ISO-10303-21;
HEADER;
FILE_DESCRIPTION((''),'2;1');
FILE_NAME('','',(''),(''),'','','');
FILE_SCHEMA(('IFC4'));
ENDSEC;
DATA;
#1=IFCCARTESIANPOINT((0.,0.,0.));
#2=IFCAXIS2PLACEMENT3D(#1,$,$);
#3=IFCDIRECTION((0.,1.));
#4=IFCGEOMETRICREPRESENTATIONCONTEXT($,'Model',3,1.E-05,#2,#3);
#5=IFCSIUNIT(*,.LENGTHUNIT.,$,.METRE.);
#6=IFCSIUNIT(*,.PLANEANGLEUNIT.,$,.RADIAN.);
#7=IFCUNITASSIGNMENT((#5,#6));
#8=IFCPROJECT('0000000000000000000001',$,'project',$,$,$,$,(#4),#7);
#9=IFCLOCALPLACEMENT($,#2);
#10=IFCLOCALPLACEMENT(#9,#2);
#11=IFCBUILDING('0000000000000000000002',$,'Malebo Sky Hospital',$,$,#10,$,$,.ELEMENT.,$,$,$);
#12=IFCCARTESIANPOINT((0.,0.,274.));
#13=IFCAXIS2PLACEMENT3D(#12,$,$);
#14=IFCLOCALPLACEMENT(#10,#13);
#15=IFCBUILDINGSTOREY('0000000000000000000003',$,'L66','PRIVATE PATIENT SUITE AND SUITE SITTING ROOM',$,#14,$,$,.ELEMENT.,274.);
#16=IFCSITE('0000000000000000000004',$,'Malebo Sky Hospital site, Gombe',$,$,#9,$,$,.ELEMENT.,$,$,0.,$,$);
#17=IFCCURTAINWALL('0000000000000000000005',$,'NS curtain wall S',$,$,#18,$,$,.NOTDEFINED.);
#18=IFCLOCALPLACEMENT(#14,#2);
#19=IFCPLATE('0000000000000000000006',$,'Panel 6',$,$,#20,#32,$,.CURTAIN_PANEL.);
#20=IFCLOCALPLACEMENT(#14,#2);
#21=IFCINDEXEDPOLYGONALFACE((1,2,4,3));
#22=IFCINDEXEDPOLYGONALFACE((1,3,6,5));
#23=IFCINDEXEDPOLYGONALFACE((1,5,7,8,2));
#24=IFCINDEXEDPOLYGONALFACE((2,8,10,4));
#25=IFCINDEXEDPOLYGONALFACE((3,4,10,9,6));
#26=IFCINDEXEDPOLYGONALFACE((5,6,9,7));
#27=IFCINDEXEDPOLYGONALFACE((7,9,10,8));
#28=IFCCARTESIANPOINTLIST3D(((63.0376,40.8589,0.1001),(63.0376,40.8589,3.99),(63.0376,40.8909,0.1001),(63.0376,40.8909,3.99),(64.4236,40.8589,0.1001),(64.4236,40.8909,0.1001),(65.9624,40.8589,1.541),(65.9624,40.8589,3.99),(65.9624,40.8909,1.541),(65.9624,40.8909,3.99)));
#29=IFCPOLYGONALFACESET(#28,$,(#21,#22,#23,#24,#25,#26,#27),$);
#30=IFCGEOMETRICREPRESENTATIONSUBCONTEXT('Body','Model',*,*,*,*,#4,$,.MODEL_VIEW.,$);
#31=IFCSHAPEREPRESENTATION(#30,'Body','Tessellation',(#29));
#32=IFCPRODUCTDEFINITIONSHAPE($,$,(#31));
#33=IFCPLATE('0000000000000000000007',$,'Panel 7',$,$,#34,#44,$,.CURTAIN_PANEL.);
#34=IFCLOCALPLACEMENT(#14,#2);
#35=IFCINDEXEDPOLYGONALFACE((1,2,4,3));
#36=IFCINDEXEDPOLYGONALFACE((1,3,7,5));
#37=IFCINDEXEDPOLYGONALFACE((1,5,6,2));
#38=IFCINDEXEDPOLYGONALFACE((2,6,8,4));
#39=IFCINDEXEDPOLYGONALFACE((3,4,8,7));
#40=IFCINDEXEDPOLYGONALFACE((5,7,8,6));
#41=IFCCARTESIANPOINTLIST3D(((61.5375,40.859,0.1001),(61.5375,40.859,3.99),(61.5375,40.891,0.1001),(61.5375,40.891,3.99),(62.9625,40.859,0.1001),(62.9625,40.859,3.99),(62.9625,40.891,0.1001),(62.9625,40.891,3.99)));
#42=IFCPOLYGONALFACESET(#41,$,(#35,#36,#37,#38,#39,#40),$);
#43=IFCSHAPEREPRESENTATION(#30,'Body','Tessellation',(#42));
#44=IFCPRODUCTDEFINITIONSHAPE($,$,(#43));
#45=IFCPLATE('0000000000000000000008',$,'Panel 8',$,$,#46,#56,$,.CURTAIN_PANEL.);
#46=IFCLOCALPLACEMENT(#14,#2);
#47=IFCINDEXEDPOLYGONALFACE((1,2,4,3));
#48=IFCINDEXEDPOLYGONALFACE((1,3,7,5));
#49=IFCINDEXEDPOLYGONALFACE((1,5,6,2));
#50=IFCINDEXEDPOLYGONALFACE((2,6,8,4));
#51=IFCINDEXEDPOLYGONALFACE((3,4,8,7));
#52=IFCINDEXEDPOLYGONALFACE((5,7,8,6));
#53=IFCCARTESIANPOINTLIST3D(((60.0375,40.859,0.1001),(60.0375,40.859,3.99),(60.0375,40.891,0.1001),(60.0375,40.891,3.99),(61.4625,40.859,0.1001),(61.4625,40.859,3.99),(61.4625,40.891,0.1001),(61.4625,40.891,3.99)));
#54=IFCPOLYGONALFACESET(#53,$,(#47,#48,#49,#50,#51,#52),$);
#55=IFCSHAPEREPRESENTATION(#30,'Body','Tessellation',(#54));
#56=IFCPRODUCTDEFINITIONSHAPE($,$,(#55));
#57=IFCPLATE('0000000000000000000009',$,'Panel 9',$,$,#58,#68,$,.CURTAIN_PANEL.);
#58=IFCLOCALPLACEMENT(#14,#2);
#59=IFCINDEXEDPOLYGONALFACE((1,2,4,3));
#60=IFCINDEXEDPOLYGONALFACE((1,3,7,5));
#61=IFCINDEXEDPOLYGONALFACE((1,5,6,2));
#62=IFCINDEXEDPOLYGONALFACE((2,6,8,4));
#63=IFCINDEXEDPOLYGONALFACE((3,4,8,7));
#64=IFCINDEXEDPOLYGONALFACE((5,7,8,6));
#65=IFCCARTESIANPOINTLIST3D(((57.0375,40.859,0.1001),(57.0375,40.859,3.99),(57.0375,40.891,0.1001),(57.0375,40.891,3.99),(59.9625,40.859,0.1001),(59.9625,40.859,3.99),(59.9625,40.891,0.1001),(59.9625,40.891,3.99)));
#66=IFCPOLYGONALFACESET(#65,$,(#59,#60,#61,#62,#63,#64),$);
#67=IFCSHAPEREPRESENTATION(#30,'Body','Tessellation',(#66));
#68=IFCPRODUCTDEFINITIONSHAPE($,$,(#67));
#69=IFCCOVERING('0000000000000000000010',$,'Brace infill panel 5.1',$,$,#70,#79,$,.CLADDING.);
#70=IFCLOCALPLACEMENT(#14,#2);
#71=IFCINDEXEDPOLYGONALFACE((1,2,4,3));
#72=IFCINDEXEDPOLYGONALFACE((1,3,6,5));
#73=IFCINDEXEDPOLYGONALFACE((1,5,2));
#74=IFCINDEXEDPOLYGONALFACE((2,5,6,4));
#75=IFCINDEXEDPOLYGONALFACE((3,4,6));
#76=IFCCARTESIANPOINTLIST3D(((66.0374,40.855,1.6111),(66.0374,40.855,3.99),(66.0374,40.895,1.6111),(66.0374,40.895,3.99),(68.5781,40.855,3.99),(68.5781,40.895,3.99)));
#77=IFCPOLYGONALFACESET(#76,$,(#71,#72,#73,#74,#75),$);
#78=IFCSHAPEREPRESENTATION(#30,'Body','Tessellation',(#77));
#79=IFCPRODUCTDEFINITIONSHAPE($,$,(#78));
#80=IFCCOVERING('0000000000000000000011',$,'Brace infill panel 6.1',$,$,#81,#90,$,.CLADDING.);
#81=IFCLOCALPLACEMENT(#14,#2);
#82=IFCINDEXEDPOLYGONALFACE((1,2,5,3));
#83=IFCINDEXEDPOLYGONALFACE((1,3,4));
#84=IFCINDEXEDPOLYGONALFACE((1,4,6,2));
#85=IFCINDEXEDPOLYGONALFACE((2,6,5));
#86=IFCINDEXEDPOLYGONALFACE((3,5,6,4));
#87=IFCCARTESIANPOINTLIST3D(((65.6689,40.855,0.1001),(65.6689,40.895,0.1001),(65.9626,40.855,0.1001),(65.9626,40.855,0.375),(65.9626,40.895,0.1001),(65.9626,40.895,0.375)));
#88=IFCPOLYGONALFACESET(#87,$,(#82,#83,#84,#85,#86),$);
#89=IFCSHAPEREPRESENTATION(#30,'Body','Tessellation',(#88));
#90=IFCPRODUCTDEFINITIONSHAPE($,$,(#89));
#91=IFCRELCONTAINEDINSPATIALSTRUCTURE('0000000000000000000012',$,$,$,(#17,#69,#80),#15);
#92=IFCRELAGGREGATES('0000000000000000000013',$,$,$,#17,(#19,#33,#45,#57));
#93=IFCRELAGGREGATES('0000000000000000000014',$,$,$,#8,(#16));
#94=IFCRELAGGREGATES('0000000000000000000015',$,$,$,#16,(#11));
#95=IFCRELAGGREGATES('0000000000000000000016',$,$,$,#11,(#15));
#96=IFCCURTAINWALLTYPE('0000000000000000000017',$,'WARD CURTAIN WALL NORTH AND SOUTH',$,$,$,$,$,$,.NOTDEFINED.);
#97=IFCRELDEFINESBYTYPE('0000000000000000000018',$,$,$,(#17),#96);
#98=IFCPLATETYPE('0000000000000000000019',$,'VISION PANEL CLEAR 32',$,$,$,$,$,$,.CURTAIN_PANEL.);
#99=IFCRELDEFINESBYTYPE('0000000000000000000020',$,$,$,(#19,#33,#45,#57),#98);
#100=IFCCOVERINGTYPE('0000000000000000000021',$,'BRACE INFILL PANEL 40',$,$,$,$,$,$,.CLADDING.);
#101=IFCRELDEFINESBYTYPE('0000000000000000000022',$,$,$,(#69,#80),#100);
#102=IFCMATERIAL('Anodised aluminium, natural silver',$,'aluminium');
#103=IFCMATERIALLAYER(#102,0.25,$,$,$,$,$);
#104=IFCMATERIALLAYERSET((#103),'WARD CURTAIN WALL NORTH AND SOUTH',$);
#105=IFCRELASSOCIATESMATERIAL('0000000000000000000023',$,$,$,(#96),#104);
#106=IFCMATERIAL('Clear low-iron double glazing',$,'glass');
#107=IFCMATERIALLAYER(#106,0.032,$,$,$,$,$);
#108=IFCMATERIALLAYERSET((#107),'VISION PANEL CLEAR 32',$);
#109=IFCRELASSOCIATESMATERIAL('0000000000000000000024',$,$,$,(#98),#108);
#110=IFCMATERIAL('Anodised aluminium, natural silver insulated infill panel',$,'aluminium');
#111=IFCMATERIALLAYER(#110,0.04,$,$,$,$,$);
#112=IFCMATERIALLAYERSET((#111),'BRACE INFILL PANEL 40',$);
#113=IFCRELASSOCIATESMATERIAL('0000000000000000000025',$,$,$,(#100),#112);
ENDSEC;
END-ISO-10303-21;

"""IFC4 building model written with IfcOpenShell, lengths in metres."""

from ifc_helpers import new_model, si_unit, direction, frame, origin, origin_2d, place, context, subcontext, project, spatial, polyline, rectangle, outline, extrude, material, layer, layer_set, type_object, element, aggregate, save


model = new_model("IFC4")

# Units and contexts
model_context = context("Model", 3, precision=1e-05, world=origin(), true_north=direction((0.0, 1.0)))
body_context = subcontext(model_context, "Body", "Model", "MODEL_VIEW")
ifc_project = project(units=[si_unit("LENGTHUNIT", "METRE"), si_unit("PLANEANGLEUNIT", "RADIAN")], contexts=[model_context])

# Site, building, storey
site_placement = place(None, origin())
site = spatial("IfcSite", under=ifc_project, at=site_placement, Name="Malebo Sky Hospital site, Gombe", CompositionType="ELEMENT", RefElevation=0.0)
building_placement = place(site_placement, origin())
building = spatial("IfcBuilding", under=site, at=building_placement, Name="Malebo Sky Hospital", CompositionType="ELEMENT")
storey_placement = place(building_placement, frame((0.0, 0.0, 274.0)))
storey = spatial("IfcBuildingStorey", under=building, at=storey_placement, Name="L66", Description="PRIVATE PATIENT SUITE AND SUITE SITTING ROOM", CompositionType="ELEMENT", Elevation=274.0)

# Curtain wall
ifc_material_1 = material(Name="Anodised aluminium, natural silver", Category="aluminium")
ifc_layer_1 = layer(ifc_material_1, 0.25)
ifc_layer_set_1 = layer_set([ifc_layer_1], Name="WARD CURTAIN WALL NORTH AND SOUTH")
curtain_wall_type = type_object("IfcCurtainWallType", Name="WARD CURTAIN WALL NORTH AND SOUTH", PredefinedType="NOTDEFINED", material=ifc_layer_set_1)
curtain_wall_placement = place(storey_placement, origin())
curtain_wall = element("IfcCurtainWall", 1, at=curtain_wall_placement, inside=storey, type_object=curtain_wall_type, Name="NS curtain wall S", PredefinedType="NOTDEFINED")

# Plates
ifc_material_2 = material(Name="Clear low-iron double glazing", Category="glass")
ifc_layer_2 = layer(ifc_material_2, 0.032)
ifc_layer_set_2 = layer_set([ifc_layer_2], Name="VISION PANEL CLEAR 32")
plate_type = type_object("IfcPlateType", Name="VISION PANEL CLEAR 32", PredefinedType="CURTAIN_PANEL", material=ifc_layer_set_2)
plate_1_placement = place(storey_placement, frame((64.5, 40.875, 0.1001), z_axis=(0.0, 0.0, 1.0), x_axis=(-1.0, 0.0, 0.0)))
plate_1 = element("IfcPlate", 2, at=plate_1_placement, type_object=plate_type, Name="Panel 6", PredefinedType="CURTAIN_PANEL", context=body_context, shape_type="SweptSolid", body=[
    extrude(outline(polyline([(0.0764, 0.0), (1.4624, 0.0), (1.4624, 3.8899), (-1.4624, 3.8899), (-1.4624, 1.4409), (0.0764, 0.0)])), frame((0.0, 0.0161, 0.0), z_axis=(0.0, -1.0, 0.0), x_axis=(1.0, 0.0, 0.0)), (0.0, 0.0, 1.0), 0.032),
])
plate_2_placement = place(storey_placement, frame((62.25, 40.875, 0.1001), z_axis=(0.0, 0.0, 1.0), x_axis=(-1.0, 0.0, 0.0)))
plate_2 = element("IfcPlate", 3, at=plate_2_placement, type_object=plate_type, Name="Panel 7", PredefinedType="CURTAIN_PANEL", context=body_context, shape_type="SweptSolid", body=[
    extrude(rectangle(XDim=1.425, YDim=0.032, at=origin_2d()), origin(), (0.0, 0.0, 1.0), 3.8899),
])
plate_3_placement = place(storey_placement, frame((60.75, 40.875, 0.1001), z_axis=(0.0, 0.0, 1.0), x_axis=(-1.0, 0.0, 0.0)))
plate_3 = element("IfcPlate", 4, at=plate_3_placement, type_object=plate_type, Name="Panel 8", PredefinedType="CURTAIN_PANEL", context=body_context, shape_type="SweptSolid", body=[
    extrude(rectangle(XDim=1.425, YDim=0.032, at=origin_2d()), origin(), (0.0, 0.0, 1.0), 3.8899),
])
plate_4_placement = place(storey_placement, frame((58.5, 40.875, 0.1001), z_axis=(0.0, 0.0, 1.0), x_axis=(-1.0, 0.0, 0.0)))
plate_4 = element("IfcPlate", 5, at=plate_4_placement, type_object=plate_type, Name="Panel 9", PredefinedType="CURTAIN_PANEL", context=body_context, shape_type="SweptSolid", body=[
    extrude(rectangle(XDim=2.925, YDim=0.032, at=origin_2d()), origin(), (0.0, 0.0, 1.0), 3.8899),
])
aggregate(curtain_wall, [plate_1, plate_2, plate_3, plate_4])

# Coverings
ifc_material_3 = material(Name="Anodised aluminium, natural silver insulated infill panel", Category="aluminium")
ifc_layer_3 = layer(ifc_material_3, 0.04)
ifc_layer_set_3 = layer_set([ifc_layer_3], Name="BRACE INFILL PANEL 40")
covering_type = type_object("IfcCoveringType", Name="BRACE INFILL PANEL 40", PredefinedType="CLADDING", material=ifc_layer_set_3)
covering_1_placement = place(storey_placement, frame((67.3079, 40.875, 1.6111), z_axis=(0.0, 0.0, 1.0), x_axis=(-1.0, 0.0, 0.0)))
element("IfcCovering", 6, at=covering_1_placement, inside=storey, type_object=covering_type, Name="Brace infill panel 5.1", PredefinedType="CLADDING", context=body_context, shape_type="SweptSolid", body=[
    extrude(outline(polyline([(1.2705, 0.0), (1.2705, 2.3789), (-1.2703, 2.3789), (1.2705, 0.0)])), frame((0.0, 0.02, 0.0), z_axis=(0.0, -1.0, 0.0), x_axis=(1.0, 0.0, 0.0)), (0.0, 0.0, 1.0), 0.04),
])
covering_2_placement = place(storey_placement, frame((65.8157, 40.875, 0.1001), z_axis=(0.0, 0.0, 1.0), x_axis=(-1.0, 0.0, 0.0)))
element("IfcCovering", 7, at=covering_2_placement, inside=storey, type_object=covering_type, Name="Brace infill panel 6.1", PredefinedType="CLADDING", context=body_context, shape_type="SweptSolid", body=[
    extrude(outline(polyline([(-0.147, 0.0), (0.1467, 0.0), (-0.147, 0.2749), (-0.147, 0.0)])), frame((0.0, 0.02, 0.0), z_axis=(0.0, -1.0, 0.0), x_axis=(1.0, 0.0, 0.0)), (0.0, 0.0, 1.0), 0.04),
])

save(model, "model.ifc")
